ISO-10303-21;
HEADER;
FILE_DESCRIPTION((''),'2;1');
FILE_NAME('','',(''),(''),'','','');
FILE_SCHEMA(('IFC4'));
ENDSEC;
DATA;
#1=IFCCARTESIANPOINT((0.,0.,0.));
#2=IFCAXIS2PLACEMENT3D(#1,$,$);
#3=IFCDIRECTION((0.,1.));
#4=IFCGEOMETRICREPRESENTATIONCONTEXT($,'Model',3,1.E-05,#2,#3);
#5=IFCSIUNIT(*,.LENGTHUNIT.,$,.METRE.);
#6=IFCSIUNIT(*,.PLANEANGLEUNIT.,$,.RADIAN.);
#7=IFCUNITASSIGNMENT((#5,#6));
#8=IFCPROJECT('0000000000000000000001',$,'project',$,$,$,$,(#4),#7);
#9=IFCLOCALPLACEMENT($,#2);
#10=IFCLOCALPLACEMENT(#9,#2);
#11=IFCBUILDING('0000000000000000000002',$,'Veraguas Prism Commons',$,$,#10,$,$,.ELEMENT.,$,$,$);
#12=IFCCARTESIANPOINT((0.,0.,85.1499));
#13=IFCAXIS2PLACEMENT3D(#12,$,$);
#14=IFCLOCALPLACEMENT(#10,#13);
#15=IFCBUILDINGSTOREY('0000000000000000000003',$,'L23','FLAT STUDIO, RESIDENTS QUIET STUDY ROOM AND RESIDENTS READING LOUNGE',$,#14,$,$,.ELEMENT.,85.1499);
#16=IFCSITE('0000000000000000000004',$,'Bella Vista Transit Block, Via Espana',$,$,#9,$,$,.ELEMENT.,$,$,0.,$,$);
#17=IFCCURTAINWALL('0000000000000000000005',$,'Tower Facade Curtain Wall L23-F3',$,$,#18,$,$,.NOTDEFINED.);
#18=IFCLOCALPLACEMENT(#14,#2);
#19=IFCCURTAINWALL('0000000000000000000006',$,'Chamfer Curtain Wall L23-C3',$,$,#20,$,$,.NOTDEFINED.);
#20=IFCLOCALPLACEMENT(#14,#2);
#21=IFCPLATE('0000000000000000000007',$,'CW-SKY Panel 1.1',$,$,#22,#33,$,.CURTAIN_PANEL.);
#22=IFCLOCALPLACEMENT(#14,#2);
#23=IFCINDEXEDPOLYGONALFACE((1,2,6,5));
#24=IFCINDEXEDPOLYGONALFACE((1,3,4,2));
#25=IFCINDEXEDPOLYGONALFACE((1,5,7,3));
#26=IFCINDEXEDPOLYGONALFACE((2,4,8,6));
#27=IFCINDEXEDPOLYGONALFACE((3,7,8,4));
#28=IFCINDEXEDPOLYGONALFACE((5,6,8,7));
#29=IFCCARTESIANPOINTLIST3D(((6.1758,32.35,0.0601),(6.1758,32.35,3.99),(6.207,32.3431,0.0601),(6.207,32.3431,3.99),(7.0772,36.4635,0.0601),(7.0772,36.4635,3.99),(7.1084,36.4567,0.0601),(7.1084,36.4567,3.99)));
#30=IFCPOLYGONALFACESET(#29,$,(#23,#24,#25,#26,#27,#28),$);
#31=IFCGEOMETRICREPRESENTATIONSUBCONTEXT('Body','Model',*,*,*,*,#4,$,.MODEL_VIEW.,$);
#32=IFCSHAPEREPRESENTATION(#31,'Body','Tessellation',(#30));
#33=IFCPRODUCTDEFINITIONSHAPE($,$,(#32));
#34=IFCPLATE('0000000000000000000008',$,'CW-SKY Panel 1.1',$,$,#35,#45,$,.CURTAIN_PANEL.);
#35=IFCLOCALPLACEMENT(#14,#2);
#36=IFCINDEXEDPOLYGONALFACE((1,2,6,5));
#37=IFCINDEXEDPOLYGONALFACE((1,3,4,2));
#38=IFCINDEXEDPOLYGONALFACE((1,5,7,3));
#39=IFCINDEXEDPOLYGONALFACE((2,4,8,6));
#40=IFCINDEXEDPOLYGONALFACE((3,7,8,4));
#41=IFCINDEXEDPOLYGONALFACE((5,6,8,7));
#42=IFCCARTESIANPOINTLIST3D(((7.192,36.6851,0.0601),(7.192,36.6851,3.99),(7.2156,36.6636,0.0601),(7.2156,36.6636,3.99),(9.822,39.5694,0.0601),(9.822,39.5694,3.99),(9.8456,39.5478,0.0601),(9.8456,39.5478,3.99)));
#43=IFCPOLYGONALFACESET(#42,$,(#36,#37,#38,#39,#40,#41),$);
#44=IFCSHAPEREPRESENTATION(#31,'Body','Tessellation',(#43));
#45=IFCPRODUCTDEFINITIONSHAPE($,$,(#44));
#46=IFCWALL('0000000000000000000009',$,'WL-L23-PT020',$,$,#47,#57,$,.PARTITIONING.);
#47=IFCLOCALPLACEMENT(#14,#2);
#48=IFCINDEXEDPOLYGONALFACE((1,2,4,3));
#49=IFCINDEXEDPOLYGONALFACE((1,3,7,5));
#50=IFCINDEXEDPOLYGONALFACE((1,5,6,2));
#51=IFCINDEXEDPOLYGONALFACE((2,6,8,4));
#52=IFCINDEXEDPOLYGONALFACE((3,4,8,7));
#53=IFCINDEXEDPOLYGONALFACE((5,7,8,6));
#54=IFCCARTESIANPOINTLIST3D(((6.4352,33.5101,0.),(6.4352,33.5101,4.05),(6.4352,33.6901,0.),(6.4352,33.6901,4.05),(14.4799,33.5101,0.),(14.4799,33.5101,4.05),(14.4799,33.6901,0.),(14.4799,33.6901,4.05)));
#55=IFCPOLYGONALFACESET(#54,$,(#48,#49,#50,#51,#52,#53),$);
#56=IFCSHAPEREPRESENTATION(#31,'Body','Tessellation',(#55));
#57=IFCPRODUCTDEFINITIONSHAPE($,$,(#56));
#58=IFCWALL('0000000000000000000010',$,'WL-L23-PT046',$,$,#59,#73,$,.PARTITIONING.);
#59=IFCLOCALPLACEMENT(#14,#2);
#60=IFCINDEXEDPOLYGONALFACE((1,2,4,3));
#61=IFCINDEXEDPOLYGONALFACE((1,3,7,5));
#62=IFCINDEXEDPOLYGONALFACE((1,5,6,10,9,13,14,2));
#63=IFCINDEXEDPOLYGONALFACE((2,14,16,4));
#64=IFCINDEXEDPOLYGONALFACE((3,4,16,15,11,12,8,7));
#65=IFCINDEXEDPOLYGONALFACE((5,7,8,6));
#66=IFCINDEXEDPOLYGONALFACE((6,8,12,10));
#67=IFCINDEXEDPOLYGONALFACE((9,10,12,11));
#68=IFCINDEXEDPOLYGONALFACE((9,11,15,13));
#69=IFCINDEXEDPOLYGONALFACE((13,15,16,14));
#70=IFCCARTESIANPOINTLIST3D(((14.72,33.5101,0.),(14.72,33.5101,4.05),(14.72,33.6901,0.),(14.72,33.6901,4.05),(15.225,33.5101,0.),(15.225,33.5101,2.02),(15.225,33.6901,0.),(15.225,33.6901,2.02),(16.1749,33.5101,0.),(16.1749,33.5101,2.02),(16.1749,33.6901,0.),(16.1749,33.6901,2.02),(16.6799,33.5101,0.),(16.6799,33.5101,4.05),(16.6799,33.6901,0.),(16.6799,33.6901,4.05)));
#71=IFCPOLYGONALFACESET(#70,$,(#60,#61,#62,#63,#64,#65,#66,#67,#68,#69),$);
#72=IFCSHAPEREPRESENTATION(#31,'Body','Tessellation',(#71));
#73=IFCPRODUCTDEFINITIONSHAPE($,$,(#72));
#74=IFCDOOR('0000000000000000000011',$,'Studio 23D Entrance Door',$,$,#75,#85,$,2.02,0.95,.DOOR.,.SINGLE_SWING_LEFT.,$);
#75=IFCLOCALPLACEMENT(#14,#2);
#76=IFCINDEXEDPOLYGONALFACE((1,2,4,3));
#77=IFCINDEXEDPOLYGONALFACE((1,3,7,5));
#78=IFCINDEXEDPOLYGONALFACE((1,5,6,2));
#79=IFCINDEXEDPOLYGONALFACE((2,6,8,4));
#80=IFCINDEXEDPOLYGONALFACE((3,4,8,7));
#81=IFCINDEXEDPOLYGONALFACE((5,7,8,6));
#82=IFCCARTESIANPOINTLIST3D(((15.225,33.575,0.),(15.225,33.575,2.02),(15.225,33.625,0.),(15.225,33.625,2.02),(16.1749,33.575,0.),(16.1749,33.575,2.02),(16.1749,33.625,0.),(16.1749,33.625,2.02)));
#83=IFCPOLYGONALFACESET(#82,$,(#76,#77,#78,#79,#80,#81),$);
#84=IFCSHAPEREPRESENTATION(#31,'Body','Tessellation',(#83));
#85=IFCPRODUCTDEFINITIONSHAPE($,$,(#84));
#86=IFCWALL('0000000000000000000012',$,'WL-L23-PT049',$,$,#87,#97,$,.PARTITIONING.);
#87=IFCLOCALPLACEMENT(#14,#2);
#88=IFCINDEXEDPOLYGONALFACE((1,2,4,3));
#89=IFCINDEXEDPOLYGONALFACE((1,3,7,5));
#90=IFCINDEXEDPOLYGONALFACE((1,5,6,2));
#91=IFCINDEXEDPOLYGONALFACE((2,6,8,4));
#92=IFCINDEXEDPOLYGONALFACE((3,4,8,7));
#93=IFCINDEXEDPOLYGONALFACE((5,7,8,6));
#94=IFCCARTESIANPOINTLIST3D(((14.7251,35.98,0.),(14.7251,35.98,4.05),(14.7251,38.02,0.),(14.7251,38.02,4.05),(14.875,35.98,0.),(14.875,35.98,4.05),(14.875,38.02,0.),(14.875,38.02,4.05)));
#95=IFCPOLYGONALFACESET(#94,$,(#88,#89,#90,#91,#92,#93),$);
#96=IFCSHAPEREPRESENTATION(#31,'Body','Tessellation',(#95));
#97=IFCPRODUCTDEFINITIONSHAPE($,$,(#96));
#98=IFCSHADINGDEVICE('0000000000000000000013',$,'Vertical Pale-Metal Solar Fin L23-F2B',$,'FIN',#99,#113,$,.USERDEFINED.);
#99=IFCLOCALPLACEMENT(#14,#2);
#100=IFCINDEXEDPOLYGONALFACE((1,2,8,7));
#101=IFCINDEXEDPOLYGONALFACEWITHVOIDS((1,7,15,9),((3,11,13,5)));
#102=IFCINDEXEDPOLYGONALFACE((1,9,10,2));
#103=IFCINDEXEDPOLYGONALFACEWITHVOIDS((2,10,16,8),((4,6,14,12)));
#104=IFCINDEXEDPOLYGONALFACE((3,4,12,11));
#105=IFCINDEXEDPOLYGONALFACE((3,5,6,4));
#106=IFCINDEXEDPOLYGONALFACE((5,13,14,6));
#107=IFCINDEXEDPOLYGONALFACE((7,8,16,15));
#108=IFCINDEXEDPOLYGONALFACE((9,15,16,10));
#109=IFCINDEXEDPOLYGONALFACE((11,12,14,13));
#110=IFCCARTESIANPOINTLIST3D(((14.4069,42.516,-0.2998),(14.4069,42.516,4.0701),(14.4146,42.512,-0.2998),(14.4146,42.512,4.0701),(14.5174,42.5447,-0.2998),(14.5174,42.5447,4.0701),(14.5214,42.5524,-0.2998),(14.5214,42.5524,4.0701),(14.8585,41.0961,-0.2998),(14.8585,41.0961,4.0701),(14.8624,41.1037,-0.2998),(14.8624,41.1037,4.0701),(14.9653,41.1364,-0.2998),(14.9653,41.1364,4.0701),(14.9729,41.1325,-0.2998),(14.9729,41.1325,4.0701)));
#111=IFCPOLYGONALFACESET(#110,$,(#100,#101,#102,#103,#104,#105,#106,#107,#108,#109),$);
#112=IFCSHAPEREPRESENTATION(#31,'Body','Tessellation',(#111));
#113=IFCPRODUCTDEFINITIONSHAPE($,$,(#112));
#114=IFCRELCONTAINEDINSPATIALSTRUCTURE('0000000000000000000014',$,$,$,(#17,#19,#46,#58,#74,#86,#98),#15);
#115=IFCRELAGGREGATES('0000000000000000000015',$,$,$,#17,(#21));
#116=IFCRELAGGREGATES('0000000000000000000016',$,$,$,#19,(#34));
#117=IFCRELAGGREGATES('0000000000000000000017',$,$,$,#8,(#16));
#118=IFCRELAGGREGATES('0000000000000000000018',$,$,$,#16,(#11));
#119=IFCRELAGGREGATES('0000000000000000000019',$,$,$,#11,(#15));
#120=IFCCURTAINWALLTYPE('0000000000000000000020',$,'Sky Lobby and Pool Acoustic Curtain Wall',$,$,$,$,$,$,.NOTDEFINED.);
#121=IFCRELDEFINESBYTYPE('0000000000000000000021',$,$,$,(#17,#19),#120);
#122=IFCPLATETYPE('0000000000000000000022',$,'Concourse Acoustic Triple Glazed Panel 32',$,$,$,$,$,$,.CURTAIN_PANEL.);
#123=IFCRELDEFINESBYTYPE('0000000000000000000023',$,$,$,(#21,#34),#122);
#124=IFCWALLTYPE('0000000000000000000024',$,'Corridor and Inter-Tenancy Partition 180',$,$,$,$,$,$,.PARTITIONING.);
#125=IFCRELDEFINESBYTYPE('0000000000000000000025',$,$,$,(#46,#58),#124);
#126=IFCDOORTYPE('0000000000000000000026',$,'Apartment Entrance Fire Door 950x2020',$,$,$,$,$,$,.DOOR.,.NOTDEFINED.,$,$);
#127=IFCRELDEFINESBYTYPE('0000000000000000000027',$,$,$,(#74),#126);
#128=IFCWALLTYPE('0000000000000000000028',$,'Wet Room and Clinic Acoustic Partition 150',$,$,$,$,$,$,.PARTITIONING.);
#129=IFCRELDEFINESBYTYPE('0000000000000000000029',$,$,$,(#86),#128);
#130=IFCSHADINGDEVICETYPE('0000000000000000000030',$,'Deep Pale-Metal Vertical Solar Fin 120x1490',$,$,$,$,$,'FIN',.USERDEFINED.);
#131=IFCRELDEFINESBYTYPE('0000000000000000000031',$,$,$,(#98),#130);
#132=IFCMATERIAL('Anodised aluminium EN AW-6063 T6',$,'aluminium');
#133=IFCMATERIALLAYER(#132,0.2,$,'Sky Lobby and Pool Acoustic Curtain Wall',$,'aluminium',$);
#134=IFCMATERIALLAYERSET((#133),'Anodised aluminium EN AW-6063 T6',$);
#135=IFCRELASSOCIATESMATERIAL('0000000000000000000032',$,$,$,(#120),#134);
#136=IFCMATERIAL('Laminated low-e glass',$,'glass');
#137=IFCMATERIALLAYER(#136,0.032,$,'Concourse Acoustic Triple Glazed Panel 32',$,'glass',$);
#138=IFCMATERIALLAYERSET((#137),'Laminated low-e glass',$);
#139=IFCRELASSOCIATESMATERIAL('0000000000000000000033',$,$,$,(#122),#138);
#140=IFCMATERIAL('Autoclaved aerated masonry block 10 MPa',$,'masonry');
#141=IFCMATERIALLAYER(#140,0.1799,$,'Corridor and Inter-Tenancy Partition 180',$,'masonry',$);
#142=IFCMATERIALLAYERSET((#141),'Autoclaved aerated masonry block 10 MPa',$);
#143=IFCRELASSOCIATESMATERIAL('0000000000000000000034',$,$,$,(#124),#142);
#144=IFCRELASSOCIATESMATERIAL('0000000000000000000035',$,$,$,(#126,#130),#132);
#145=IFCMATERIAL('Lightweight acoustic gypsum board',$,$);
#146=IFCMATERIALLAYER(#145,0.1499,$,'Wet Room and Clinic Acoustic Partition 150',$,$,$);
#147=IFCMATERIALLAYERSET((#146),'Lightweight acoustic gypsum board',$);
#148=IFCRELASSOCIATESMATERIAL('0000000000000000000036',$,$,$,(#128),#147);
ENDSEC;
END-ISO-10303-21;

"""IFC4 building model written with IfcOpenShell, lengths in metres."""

from ifc_helpers import new_model, si_unit, direction, frame, frame_2d, origin, origin_2d, place, context, subcontext, project, spatial, rectangle, hollow_rectangle, extrude, source, transform, mapped, material, layer, layer_set, material_profile, profile_set, type_object, element, fill, aggregate, save


model = new_model("IFC4")

# Units and contexts
model_context = context("Model", 3, precision=1e-05, world=origin(), true_north=direction((0.0, 1.0)))
body_context = subcontext(model_context, "Body", "Model", "MODEL_VIEW")
ifc_project = project(units=[si_unit("LENGTHUNIT", "METRE"), si_unit("PLANEANGLEUNIT", "RADIAN")], contexts=[model_context])

# Site, building, storey
site_placement = place(None, origin())
site = spatial("IfcSite", under=ifc_project, at=site_placement, Name="Bella Vista Transit Block, Via Espana", CompositionType="ELEMENT", RefElevation=0.0)
building_placement = place(site_placement, origin())
building = spatial("IfcBuilding", under=site, at=building_placement, Name="Veraguas Prism Commons", CompositionType="ELEMENT")
storey_placement = place(building_placement, frame((0.0, 0.0, 85.1499)))
storey = spatial("IfcBuildingStorey", under=building, at=storey_placement, Name="L23", Description="FLAT STUDIO, RESIDENTS QUIET STUDY ROOM AND RESIDENTS READING LOUNGE", CompositionType="ELEMENT", Elevation=85.1499)

# Curtain walls
ifc_material_1 = material(Name="Anodised aluminium EN AW-6063 T6", Category="aluminium")
ifc_layer_1 = layer(ifc_material_1, 0.2, Name="Sky Lobby and Pool Acoustic Curtain Wall", Category="aluminium")
ifc_layer_set_1 = layer_set([ifc_layer_1], Name="Anodised aluminium EN AW-6063 T6")
curtain_wall_type = type_object("IfcCurtainWallType", Name="Sky Lobby and Pool Acoustic Curtain Wall", PredefinedType="NOTDEFINED", material=ifc_layer_set_1)
curtain_wall_1_placement = place(storey_placement, origin())
curtain_wall_1 = element("IfcCurtainWall", 1, at=curtain_wall_1_placement, inside=storey, type_object=curtain_wall_type, Name="Tower Facade Curtain Wall L23-F3", PredefinedType="NOTDEFINED")
curtain_wall_2_placement = place(storey_placement, origin())
curtain_wall_2 = element("IfcCurtainWall", 2, at=curtain_wall_2_placement, inside=storey, type_object=curtain_wall_type, Name="Chamfer Curtain Wall L23-C3", PredefinedType="NOTDEFINED")

# Plates
ifc_material_2 = material(Name="Laminated low-e glass", Category="glass")
ifc_layer_2 = layer(ifc_material_2, 0.032, Name="Concourse Acoustic Triple Glazed Panel 32", Category="glass")
ifc_layer_set_2 = layer_set([ifc_layer_2], Name="Laminated low-e glass")
plate_type = type_object("IfcPlateType", Name="Concourse Acoustic Triple Glazed Panel 32", PredefinedType="CURTAIN_PANEL", material=ifc_layer_set_2)
shared_shape_1 = source(origin(), body_context, "Body", "SweptSolid", [
    extrude(rectangle(XDim=4.2112, YDim=0.032, at=origin_2d()), origin(), (0.0, 0.0, 1.0), 3.9299),
])
plate_1_placement = place(storey_placement, frame((6.6421, 34.4033, 0.0601), z_axis=(0.0, 0.0, 1.0), x_axis=(-0.214055, -0.976822, 0.0)))
plate_1 = element("IfcPlate", 3, at=plate_1_placement, type_object=plate_type, Name="CW-SKY Panel 1.1", PredefinedType="CURTAIN_PANEL", context=body_context, shape_type="MappedRepresentation", body=[
    mapped(shared_shape_1, transform((0.0, 0.0, 0.0), scale=1.0)),
])
aggregate(curtain_wall_1, [plate_1])
shared_shape_2 = source(origin(), body_context, "Body", "SweptSolid", [
    extrude(rectangle(XDim=3.9033, YDim=0.032, at=origin_2d()), origin(), (0.0, 0.0, 1.0), 3.9299),
])
plate_2_placement = place(storey_placement, frame((8.5188, 38.1165, 0.0601), z_axis=(0.0, 0.0, 1.0), x_axis=(-0.673791, -0.738922, 0.0)))
plate_2 = element("IfcPlate", 4, at=plate_2_placement, type_object=plate_type, Name="CW-SKY Panel 1.1", PredefinedType="CURTAIN_PANEL", context=body_context, shape_type="MappedRepresentation", body=[
    mapped(shared_shape_2, transform((0.0, 0.0, 0.0), scale=1.0)),
])
aggregate(curtain_wall_2, [plate_2])

# Wall
ifc_material_3 = material(Name="Autoclaved aerated masonry block 10 MPa", Category="masonry")
ifc_layer_3 = layer(ifc_material_3, 0.1799, Name="Corridor and Inter-Tenancy Partition 180", Category="masonry")
ifc_layer_set_3 = layer_set([ifc_layer_3], Name="Autoclaved aerated masonry block 10 MPa")
wall_type_1 = type_object("IfcWallType", Name="Corridor and Inter-Tenancy Partition 180", PredefinedType="PARTITIONING", material=ifc_layer_set_3)
wall_1_placement = place(storey_placement, frame((14.48, 33.6001, 0.0), z_axis=(0.0, 0.0, 1.0), x_axis=(-1.0, 0.0, 0.0)))
element("IfcWall", 5, at=wall_1_placement, inside=storey, type_object=wall_type_1, Name="WL-L23-PT020", PredefinedType="PARTITIONING", context=body_context, shape_type="SweptSolid", body=[
    extrude(rectangle(XDim=8.0447, YDim=0.1799, at=frame_2d((4.0225, 0.0))), origin(), (0.0, 0.0, 1.0), 4.05),
])

# Wall, opening, door
wall_2_placement = place(storey_placement, frame((14.72, 33.6001, 0.0), z_axis=(0.0, 0.0, 1.0), x_axis=(1.0, 0.0, 0.0)))
wall_2 = element("IfcWall", 6, at=wall_2_placement, inside=storey, type_object=wall_type_1, Name="WL-L23-PT046", PredefinedType="PARTITIONING", context=body_context, shape_type="SweptSolid", body=[
    extrude(rectangle(XDim=1.96, YDim=0.1799, at=frame_2d((0.98, 0.0))), origin(), (0.0, 0.0, 1.0), 4.05),
])
opening_placement = place(wall_2_placement, frame((0.5049, 0.0, 0.0)))
opening = element("IfcOpeningElement", 7, at=opening_placement, cuts=wall_2, PredefinedType="OPENING", context=body_context, shape_type="SweptSolid", body=[
    extrude(rectangle(XDim=0.95, YDim=2.02, at=frame_2d((0.4751, 1.01))), frame((0.0, 0.0999, 0.0), z_axis=(0.0, -1.0, 0.0), x_axis=(1.0, 0.0, 0.0)), (0.0, 0.0, 1.0), 0.2),
])
door_type = type_object("IfcDoorType", Name="Apartment Entrance Fire Door 950x2020", OperationType="NOTDEFINED", PredefinedType="DOOR", material=ifc_material_1)
shared_shape_3 = source(origin(), body_context, "Body", "SweptSolid", [
    extrude(rectangle(XDim=0.95, YDim=2.02, at=frame_2d((0.4751, 1.01))), frame((0.0, 0.0249, 0.0), z_axis=(0.0, -1.0, 0.0), x_axis=(1.0, 0.0, 0.0)), (0.0, 0.0, 1.0), 0.05),
])
door_placement = place(opening_placement, origin())
door = element("IfcDoor", 8, at=door_placement, inside=storey, type_object=door_type, Name="Studio 23D Entrance Door", OperationType="SINGLE_SWING_LEFT", OverallHeight=2.02, OverallWidth=0.95, PredefinedType="DOOR", context=body_context, shape_type="MappedRepresentation", body=[
    mapped(shared_shape_3, transform((0.0, 0.0, 0.0), scale=1.0)),
])
fill(opening, door)

# Wall
ifc_material_4 = material(Name="Lightweight acoustic gypsum board")
ifc_layer_4 = layer(ifc_material_4, 0.1499, Name="Wet Room and Clinic Acoustic Partition 150")
ifc_layer_set_4 = layer_set([ifc_layer_4], Name="Lightweight acoustic gypsum board")
wall_type_2 = type_object("IfcWallType", Name="Wet Room and Clinic Acoustic Partition 150", PredefinedType="PARTITIONING", material=ifc_layer_set_4)
wall_3_placement = place(storey_placement, frame((14.8, 35.98, 0.0), z_axis=(0.0, 0.0, 1.0), x_axis=(0.0, 1.0, 0.0)))
element("IfcWall", 9, at=wall_3_placement, inside=storey, type_object=wall_type_2, Name="WL-L23-PT049", PredefinedType="PARTITIONING", context=body_context, shape_type="SweptSolid", body=[
    extrude(rectangle(XDim=2.04, YDim=0.1499, at=frame_2d((1.02, 0.0))), origin(), (0.0, 0.0, 1.0), 4.05),
])

# Shading device
ifc_material_profile_1 = material_profile(ifc_material_1, hollow_rectangle(XDim=0.1201, YDim=1.49, WallThickness=0.0061, at=origin_2d()), Name="FIN120X1490X6")
ifc_profile_set_1 = profile_set([ifc_material_profile_1], Name="Anodised aluminium EN AW-6063 T6")
shading_device_type = type_object("IfcShadingDeviceType", Name="Deep Pale-Metal Vertical Solar Fin 120x1490", ElementType="FIN", PredefinedType="USERDEFINED", material=ifc_profile_set_1)
shading_device_placement = place(storey_placement, frame((14.6899, 41.8242, -0.2998), z_axis=(0.0, 0.0, 1.0), x_axis=(-0.952979, -0.303037, 0.0)))
element("IfcShadingDevice", 10, at=shading_device_placement, inside=storey, type_object=shading_device_type, Name="Vertical Pale-Metal Solar Fin L23-F2B", ObjectType="FIN", PredefinedType="USERDEFINED", context=body_context, shape_type="SweptSolid", body=[
    extrude(hollow_rectangle(XDim=0.1201, YDim=1.49, WallThickness=0.0061, at=origin_2d()), origin(), (0.0, 0.0, 1.0), 4.3699),
])

save(model, "model.ifc")
